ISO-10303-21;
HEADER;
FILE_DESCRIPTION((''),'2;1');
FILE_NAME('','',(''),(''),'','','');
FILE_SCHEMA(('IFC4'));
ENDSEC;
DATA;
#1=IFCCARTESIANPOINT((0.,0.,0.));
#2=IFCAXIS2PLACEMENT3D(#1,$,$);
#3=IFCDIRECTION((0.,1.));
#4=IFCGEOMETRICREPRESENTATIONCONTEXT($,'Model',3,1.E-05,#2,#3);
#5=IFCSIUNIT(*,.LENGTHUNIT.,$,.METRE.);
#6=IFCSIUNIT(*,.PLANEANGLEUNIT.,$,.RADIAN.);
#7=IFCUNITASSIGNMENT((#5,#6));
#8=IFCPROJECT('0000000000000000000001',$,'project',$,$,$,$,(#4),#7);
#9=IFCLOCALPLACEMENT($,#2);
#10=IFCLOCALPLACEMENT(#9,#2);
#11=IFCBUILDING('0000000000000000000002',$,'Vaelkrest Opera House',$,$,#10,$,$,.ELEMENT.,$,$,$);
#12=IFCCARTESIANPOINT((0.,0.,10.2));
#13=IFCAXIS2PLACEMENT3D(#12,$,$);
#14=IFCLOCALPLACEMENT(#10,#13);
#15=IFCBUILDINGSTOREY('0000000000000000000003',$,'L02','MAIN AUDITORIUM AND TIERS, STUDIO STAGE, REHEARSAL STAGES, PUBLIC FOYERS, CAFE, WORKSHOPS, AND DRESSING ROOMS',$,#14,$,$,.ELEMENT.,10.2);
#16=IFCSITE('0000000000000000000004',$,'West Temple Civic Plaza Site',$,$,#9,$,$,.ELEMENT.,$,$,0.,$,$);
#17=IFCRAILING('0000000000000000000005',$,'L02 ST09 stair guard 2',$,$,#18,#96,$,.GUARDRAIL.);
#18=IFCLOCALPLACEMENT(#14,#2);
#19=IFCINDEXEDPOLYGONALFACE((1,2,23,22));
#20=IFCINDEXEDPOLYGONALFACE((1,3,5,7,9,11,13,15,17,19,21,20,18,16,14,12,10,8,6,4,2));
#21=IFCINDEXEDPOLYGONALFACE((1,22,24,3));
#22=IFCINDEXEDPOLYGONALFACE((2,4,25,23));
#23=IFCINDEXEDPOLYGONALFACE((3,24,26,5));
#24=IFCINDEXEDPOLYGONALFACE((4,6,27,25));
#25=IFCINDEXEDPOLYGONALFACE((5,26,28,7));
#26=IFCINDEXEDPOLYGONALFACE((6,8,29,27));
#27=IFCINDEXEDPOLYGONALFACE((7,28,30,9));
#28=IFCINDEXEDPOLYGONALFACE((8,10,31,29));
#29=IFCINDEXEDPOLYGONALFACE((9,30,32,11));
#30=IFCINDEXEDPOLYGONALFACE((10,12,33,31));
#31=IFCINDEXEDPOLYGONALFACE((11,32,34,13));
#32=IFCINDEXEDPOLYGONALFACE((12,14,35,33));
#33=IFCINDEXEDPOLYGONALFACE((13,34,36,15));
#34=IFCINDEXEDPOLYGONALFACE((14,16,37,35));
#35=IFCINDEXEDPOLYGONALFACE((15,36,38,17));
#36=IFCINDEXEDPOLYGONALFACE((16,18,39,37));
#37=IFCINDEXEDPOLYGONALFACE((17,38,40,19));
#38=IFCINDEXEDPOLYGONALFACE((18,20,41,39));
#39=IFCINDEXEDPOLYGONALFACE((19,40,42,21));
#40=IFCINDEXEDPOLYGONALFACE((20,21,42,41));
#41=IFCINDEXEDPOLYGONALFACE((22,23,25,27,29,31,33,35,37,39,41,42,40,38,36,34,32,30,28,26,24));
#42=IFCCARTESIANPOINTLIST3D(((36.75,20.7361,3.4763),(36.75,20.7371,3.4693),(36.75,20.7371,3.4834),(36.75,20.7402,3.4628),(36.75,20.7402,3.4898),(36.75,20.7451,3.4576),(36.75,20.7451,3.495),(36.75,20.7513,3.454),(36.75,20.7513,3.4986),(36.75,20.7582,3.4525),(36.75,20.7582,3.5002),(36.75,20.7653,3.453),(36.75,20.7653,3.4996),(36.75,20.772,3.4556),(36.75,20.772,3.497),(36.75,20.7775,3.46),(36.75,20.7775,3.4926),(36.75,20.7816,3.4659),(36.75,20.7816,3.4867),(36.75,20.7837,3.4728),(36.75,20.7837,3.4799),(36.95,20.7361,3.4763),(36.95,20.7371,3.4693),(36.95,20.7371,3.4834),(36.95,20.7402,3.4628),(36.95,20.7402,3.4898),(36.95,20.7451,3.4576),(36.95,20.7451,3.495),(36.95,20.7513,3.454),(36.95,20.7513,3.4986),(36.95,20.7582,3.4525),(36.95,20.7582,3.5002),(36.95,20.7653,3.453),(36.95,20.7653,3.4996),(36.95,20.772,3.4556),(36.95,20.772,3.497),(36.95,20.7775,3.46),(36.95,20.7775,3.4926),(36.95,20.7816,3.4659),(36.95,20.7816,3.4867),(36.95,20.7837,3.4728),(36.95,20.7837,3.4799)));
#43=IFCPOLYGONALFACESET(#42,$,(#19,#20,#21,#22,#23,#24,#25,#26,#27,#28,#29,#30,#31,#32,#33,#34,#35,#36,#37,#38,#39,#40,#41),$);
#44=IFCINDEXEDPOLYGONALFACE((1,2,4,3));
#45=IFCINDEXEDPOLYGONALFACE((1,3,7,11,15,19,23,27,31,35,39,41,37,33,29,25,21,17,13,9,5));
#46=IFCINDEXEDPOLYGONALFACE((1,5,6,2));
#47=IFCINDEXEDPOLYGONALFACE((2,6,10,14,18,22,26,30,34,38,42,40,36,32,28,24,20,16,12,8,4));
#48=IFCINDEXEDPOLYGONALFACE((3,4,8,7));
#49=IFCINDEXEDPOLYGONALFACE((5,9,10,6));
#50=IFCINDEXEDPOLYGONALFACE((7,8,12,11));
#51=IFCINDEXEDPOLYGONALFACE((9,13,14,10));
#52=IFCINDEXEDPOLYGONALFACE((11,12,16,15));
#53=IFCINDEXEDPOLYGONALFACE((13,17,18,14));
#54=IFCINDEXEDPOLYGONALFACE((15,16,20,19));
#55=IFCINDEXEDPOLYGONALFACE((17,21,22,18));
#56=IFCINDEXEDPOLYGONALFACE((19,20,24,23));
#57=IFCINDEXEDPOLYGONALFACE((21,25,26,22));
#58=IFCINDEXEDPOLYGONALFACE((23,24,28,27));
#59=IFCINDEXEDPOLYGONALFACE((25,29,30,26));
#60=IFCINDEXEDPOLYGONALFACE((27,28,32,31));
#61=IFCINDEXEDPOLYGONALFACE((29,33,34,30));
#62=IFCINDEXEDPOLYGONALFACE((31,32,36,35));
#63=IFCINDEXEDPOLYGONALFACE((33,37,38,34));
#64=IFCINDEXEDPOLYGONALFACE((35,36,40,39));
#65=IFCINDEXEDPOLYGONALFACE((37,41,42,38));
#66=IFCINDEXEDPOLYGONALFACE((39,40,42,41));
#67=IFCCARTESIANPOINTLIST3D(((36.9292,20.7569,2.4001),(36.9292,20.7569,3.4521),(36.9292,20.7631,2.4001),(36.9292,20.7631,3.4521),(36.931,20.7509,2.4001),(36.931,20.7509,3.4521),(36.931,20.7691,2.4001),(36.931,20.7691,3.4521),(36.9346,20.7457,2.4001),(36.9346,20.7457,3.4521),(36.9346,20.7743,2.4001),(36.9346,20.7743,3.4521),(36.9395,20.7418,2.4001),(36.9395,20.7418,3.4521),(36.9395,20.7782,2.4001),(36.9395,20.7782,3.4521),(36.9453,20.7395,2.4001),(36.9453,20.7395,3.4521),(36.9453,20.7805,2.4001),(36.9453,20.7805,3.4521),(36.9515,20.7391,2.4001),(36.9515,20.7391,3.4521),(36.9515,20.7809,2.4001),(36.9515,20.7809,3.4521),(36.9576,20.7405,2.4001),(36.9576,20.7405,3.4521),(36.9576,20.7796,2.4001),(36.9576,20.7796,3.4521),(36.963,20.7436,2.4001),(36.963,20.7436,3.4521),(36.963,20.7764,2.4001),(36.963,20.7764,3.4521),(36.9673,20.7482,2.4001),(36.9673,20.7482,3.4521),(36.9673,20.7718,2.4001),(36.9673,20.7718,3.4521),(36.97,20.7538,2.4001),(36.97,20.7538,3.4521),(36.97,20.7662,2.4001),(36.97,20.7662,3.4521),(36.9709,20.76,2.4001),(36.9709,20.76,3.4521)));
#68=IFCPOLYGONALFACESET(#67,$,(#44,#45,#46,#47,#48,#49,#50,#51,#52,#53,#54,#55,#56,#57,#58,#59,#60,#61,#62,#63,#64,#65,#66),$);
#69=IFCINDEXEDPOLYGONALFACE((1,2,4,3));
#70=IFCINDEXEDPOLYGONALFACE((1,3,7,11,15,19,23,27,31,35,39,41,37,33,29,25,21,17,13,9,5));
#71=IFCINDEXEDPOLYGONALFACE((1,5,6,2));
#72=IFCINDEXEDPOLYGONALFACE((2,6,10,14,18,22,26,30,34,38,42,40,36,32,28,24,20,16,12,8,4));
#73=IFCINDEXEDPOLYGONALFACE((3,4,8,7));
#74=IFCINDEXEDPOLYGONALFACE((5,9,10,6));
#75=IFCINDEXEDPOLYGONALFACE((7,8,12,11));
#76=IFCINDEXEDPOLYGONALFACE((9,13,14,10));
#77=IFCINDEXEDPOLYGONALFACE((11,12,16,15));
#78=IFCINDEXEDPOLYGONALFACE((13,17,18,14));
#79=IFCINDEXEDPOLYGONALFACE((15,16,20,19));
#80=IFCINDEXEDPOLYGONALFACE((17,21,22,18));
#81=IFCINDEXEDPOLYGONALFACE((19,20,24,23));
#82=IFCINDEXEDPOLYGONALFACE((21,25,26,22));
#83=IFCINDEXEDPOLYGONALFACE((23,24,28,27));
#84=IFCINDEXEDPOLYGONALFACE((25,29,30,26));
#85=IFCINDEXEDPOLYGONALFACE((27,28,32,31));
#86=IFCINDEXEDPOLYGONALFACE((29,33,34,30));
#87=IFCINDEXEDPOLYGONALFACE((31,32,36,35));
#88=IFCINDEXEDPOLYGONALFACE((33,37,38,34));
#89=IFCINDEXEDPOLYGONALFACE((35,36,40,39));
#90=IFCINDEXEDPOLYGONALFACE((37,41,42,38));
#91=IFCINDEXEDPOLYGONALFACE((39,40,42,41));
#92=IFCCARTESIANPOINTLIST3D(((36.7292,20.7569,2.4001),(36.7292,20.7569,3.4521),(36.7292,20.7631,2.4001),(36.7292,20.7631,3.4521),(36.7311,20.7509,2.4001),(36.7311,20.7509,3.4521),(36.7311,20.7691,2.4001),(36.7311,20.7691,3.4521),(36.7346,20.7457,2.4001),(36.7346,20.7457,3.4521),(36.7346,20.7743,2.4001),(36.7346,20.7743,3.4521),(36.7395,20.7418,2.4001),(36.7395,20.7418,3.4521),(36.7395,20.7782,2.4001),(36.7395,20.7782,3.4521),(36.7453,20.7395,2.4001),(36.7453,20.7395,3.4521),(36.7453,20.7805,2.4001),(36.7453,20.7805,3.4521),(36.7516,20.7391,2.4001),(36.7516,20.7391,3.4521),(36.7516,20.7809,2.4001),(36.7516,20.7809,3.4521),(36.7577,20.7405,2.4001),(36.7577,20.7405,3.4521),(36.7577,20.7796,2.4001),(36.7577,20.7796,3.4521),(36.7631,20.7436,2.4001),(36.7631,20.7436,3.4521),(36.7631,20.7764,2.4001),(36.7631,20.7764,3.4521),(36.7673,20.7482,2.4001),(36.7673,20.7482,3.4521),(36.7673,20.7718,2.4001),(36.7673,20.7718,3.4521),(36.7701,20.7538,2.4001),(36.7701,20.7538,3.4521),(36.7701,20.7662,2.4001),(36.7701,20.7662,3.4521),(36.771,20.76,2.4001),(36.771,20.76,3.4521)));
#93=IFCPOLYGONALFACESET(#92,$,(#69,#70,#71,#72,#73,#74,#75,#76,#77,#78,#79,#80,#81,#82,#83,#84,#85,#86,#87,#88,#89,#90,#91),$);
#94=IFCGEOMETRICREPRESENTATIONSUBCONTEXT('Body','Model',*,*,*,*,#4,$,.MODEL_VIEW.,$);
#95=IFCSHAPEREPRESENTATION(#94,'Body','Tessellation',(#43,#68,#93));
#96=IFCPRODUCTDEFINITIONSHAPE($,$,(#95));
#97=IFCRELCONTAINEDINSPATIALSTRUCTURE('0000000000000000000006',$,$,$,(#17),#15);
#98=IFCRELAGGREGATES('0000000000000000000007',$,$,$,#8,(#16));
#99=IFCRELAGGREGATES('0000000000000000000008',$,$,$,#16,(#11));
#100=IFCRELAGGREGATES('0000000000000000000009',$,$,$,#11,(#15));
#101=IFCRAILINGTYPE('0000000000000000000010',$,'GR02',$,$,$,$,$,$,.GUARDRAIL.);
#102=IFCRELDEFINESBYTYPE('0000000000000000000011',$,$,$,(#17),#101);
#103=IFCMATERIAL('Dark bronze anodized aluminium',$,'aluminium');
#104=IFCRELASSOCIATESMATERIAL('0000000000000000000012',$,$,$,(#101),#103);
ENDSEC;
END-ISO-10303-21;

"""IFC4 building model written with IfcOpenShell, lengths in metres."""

from ifc_helpers import new_model, si_unit, direction, frame, origin, origin_2d, place, context, subcontext, project, spatial, circle, extrude, material, type_object, element, save


model = new_model("IFC4")

# Units and contexts
model_context = context("Model", 3, precision=1e-05, world=origin(), true_north=direction((0.0, 1.0)))
body_context = subcontext(model_context, "Body", "Model", "MODEL_VIEW")
ifc_project = project(units=[si_unit("LENGTHUNIT", "METRE"), si_unit("PLANEANGLEUNIT", "RADIAN")], contexts=[model_context])

# Site, building, storey
site_placement = place(None, origin())
site = spatial("IfcSite", under=ifc_project, at=site_placement, Name="West Temple Civic Plaza Site", CompositionType="ELEMENT", RefElevation=0.0)
building_placement = place(site_placement, origin())
building = spatial("IfcBuilding", under=site, at=building_placement, Name="Vaelkrest Opera House", CompositionType="ELEMENT")
storey_placement = place(building_placement, frame((0.0, 0.0, 10.2)))
storey = spatial("IfcBuildingStorey", under=building, at=storey_placement, Name="L02", Description="MAIN AUDITORIUM AND TIERS, STUDIO STAGE, REHEARSAL STAGES, PUBLIC FOYERS, CAFE, WORKSHOPS, AND DRESSING ROOMS", CompositionType="ELEMENT", Elevation=10.2)

# Shared definitions
ifc_material_1 = material(Name="Dark bronze anodized aluminium", Category="aluminium")

# Railing
railing_type_1 = type_object("IfcRailingType", Name="GR02", PredefinedType="GUARDRAIL", material=ifc_material_1)
railing_1_placement = place(storey_placement, frame((36.95, 20.76, 2.4001)))
element("IfcRailing", 1, at=railing_1_placement, inside=storey, type_object=railing_type_1, Name="L02 ST09 stair guard 2", PredefinedType="GUARDRAIL", context=body_context, shape_type="SweptSolid", body=[
    extrude(circle(Radius=0.0239, at=origin_2d()), frame((0.0, 0.0, 1.0762), z_axis=(-1.0, 0.0, 0.0), x_axis=(0.0, -1.0, 0.0)), (0.0, 0.0, 1.0), 0.2),
    extrude(circle(Radius=0.021, at=origin_2d()), origin(), (0.0, 0.0, 1.0), 1.052),
    extrude(circle(Radius=0.021, at=origin_2d()), frame((-0.2, 0.0, 0.0)), (0.0, 0.0, 1.0), 1.052),
])

save(model, "model.ifc")
